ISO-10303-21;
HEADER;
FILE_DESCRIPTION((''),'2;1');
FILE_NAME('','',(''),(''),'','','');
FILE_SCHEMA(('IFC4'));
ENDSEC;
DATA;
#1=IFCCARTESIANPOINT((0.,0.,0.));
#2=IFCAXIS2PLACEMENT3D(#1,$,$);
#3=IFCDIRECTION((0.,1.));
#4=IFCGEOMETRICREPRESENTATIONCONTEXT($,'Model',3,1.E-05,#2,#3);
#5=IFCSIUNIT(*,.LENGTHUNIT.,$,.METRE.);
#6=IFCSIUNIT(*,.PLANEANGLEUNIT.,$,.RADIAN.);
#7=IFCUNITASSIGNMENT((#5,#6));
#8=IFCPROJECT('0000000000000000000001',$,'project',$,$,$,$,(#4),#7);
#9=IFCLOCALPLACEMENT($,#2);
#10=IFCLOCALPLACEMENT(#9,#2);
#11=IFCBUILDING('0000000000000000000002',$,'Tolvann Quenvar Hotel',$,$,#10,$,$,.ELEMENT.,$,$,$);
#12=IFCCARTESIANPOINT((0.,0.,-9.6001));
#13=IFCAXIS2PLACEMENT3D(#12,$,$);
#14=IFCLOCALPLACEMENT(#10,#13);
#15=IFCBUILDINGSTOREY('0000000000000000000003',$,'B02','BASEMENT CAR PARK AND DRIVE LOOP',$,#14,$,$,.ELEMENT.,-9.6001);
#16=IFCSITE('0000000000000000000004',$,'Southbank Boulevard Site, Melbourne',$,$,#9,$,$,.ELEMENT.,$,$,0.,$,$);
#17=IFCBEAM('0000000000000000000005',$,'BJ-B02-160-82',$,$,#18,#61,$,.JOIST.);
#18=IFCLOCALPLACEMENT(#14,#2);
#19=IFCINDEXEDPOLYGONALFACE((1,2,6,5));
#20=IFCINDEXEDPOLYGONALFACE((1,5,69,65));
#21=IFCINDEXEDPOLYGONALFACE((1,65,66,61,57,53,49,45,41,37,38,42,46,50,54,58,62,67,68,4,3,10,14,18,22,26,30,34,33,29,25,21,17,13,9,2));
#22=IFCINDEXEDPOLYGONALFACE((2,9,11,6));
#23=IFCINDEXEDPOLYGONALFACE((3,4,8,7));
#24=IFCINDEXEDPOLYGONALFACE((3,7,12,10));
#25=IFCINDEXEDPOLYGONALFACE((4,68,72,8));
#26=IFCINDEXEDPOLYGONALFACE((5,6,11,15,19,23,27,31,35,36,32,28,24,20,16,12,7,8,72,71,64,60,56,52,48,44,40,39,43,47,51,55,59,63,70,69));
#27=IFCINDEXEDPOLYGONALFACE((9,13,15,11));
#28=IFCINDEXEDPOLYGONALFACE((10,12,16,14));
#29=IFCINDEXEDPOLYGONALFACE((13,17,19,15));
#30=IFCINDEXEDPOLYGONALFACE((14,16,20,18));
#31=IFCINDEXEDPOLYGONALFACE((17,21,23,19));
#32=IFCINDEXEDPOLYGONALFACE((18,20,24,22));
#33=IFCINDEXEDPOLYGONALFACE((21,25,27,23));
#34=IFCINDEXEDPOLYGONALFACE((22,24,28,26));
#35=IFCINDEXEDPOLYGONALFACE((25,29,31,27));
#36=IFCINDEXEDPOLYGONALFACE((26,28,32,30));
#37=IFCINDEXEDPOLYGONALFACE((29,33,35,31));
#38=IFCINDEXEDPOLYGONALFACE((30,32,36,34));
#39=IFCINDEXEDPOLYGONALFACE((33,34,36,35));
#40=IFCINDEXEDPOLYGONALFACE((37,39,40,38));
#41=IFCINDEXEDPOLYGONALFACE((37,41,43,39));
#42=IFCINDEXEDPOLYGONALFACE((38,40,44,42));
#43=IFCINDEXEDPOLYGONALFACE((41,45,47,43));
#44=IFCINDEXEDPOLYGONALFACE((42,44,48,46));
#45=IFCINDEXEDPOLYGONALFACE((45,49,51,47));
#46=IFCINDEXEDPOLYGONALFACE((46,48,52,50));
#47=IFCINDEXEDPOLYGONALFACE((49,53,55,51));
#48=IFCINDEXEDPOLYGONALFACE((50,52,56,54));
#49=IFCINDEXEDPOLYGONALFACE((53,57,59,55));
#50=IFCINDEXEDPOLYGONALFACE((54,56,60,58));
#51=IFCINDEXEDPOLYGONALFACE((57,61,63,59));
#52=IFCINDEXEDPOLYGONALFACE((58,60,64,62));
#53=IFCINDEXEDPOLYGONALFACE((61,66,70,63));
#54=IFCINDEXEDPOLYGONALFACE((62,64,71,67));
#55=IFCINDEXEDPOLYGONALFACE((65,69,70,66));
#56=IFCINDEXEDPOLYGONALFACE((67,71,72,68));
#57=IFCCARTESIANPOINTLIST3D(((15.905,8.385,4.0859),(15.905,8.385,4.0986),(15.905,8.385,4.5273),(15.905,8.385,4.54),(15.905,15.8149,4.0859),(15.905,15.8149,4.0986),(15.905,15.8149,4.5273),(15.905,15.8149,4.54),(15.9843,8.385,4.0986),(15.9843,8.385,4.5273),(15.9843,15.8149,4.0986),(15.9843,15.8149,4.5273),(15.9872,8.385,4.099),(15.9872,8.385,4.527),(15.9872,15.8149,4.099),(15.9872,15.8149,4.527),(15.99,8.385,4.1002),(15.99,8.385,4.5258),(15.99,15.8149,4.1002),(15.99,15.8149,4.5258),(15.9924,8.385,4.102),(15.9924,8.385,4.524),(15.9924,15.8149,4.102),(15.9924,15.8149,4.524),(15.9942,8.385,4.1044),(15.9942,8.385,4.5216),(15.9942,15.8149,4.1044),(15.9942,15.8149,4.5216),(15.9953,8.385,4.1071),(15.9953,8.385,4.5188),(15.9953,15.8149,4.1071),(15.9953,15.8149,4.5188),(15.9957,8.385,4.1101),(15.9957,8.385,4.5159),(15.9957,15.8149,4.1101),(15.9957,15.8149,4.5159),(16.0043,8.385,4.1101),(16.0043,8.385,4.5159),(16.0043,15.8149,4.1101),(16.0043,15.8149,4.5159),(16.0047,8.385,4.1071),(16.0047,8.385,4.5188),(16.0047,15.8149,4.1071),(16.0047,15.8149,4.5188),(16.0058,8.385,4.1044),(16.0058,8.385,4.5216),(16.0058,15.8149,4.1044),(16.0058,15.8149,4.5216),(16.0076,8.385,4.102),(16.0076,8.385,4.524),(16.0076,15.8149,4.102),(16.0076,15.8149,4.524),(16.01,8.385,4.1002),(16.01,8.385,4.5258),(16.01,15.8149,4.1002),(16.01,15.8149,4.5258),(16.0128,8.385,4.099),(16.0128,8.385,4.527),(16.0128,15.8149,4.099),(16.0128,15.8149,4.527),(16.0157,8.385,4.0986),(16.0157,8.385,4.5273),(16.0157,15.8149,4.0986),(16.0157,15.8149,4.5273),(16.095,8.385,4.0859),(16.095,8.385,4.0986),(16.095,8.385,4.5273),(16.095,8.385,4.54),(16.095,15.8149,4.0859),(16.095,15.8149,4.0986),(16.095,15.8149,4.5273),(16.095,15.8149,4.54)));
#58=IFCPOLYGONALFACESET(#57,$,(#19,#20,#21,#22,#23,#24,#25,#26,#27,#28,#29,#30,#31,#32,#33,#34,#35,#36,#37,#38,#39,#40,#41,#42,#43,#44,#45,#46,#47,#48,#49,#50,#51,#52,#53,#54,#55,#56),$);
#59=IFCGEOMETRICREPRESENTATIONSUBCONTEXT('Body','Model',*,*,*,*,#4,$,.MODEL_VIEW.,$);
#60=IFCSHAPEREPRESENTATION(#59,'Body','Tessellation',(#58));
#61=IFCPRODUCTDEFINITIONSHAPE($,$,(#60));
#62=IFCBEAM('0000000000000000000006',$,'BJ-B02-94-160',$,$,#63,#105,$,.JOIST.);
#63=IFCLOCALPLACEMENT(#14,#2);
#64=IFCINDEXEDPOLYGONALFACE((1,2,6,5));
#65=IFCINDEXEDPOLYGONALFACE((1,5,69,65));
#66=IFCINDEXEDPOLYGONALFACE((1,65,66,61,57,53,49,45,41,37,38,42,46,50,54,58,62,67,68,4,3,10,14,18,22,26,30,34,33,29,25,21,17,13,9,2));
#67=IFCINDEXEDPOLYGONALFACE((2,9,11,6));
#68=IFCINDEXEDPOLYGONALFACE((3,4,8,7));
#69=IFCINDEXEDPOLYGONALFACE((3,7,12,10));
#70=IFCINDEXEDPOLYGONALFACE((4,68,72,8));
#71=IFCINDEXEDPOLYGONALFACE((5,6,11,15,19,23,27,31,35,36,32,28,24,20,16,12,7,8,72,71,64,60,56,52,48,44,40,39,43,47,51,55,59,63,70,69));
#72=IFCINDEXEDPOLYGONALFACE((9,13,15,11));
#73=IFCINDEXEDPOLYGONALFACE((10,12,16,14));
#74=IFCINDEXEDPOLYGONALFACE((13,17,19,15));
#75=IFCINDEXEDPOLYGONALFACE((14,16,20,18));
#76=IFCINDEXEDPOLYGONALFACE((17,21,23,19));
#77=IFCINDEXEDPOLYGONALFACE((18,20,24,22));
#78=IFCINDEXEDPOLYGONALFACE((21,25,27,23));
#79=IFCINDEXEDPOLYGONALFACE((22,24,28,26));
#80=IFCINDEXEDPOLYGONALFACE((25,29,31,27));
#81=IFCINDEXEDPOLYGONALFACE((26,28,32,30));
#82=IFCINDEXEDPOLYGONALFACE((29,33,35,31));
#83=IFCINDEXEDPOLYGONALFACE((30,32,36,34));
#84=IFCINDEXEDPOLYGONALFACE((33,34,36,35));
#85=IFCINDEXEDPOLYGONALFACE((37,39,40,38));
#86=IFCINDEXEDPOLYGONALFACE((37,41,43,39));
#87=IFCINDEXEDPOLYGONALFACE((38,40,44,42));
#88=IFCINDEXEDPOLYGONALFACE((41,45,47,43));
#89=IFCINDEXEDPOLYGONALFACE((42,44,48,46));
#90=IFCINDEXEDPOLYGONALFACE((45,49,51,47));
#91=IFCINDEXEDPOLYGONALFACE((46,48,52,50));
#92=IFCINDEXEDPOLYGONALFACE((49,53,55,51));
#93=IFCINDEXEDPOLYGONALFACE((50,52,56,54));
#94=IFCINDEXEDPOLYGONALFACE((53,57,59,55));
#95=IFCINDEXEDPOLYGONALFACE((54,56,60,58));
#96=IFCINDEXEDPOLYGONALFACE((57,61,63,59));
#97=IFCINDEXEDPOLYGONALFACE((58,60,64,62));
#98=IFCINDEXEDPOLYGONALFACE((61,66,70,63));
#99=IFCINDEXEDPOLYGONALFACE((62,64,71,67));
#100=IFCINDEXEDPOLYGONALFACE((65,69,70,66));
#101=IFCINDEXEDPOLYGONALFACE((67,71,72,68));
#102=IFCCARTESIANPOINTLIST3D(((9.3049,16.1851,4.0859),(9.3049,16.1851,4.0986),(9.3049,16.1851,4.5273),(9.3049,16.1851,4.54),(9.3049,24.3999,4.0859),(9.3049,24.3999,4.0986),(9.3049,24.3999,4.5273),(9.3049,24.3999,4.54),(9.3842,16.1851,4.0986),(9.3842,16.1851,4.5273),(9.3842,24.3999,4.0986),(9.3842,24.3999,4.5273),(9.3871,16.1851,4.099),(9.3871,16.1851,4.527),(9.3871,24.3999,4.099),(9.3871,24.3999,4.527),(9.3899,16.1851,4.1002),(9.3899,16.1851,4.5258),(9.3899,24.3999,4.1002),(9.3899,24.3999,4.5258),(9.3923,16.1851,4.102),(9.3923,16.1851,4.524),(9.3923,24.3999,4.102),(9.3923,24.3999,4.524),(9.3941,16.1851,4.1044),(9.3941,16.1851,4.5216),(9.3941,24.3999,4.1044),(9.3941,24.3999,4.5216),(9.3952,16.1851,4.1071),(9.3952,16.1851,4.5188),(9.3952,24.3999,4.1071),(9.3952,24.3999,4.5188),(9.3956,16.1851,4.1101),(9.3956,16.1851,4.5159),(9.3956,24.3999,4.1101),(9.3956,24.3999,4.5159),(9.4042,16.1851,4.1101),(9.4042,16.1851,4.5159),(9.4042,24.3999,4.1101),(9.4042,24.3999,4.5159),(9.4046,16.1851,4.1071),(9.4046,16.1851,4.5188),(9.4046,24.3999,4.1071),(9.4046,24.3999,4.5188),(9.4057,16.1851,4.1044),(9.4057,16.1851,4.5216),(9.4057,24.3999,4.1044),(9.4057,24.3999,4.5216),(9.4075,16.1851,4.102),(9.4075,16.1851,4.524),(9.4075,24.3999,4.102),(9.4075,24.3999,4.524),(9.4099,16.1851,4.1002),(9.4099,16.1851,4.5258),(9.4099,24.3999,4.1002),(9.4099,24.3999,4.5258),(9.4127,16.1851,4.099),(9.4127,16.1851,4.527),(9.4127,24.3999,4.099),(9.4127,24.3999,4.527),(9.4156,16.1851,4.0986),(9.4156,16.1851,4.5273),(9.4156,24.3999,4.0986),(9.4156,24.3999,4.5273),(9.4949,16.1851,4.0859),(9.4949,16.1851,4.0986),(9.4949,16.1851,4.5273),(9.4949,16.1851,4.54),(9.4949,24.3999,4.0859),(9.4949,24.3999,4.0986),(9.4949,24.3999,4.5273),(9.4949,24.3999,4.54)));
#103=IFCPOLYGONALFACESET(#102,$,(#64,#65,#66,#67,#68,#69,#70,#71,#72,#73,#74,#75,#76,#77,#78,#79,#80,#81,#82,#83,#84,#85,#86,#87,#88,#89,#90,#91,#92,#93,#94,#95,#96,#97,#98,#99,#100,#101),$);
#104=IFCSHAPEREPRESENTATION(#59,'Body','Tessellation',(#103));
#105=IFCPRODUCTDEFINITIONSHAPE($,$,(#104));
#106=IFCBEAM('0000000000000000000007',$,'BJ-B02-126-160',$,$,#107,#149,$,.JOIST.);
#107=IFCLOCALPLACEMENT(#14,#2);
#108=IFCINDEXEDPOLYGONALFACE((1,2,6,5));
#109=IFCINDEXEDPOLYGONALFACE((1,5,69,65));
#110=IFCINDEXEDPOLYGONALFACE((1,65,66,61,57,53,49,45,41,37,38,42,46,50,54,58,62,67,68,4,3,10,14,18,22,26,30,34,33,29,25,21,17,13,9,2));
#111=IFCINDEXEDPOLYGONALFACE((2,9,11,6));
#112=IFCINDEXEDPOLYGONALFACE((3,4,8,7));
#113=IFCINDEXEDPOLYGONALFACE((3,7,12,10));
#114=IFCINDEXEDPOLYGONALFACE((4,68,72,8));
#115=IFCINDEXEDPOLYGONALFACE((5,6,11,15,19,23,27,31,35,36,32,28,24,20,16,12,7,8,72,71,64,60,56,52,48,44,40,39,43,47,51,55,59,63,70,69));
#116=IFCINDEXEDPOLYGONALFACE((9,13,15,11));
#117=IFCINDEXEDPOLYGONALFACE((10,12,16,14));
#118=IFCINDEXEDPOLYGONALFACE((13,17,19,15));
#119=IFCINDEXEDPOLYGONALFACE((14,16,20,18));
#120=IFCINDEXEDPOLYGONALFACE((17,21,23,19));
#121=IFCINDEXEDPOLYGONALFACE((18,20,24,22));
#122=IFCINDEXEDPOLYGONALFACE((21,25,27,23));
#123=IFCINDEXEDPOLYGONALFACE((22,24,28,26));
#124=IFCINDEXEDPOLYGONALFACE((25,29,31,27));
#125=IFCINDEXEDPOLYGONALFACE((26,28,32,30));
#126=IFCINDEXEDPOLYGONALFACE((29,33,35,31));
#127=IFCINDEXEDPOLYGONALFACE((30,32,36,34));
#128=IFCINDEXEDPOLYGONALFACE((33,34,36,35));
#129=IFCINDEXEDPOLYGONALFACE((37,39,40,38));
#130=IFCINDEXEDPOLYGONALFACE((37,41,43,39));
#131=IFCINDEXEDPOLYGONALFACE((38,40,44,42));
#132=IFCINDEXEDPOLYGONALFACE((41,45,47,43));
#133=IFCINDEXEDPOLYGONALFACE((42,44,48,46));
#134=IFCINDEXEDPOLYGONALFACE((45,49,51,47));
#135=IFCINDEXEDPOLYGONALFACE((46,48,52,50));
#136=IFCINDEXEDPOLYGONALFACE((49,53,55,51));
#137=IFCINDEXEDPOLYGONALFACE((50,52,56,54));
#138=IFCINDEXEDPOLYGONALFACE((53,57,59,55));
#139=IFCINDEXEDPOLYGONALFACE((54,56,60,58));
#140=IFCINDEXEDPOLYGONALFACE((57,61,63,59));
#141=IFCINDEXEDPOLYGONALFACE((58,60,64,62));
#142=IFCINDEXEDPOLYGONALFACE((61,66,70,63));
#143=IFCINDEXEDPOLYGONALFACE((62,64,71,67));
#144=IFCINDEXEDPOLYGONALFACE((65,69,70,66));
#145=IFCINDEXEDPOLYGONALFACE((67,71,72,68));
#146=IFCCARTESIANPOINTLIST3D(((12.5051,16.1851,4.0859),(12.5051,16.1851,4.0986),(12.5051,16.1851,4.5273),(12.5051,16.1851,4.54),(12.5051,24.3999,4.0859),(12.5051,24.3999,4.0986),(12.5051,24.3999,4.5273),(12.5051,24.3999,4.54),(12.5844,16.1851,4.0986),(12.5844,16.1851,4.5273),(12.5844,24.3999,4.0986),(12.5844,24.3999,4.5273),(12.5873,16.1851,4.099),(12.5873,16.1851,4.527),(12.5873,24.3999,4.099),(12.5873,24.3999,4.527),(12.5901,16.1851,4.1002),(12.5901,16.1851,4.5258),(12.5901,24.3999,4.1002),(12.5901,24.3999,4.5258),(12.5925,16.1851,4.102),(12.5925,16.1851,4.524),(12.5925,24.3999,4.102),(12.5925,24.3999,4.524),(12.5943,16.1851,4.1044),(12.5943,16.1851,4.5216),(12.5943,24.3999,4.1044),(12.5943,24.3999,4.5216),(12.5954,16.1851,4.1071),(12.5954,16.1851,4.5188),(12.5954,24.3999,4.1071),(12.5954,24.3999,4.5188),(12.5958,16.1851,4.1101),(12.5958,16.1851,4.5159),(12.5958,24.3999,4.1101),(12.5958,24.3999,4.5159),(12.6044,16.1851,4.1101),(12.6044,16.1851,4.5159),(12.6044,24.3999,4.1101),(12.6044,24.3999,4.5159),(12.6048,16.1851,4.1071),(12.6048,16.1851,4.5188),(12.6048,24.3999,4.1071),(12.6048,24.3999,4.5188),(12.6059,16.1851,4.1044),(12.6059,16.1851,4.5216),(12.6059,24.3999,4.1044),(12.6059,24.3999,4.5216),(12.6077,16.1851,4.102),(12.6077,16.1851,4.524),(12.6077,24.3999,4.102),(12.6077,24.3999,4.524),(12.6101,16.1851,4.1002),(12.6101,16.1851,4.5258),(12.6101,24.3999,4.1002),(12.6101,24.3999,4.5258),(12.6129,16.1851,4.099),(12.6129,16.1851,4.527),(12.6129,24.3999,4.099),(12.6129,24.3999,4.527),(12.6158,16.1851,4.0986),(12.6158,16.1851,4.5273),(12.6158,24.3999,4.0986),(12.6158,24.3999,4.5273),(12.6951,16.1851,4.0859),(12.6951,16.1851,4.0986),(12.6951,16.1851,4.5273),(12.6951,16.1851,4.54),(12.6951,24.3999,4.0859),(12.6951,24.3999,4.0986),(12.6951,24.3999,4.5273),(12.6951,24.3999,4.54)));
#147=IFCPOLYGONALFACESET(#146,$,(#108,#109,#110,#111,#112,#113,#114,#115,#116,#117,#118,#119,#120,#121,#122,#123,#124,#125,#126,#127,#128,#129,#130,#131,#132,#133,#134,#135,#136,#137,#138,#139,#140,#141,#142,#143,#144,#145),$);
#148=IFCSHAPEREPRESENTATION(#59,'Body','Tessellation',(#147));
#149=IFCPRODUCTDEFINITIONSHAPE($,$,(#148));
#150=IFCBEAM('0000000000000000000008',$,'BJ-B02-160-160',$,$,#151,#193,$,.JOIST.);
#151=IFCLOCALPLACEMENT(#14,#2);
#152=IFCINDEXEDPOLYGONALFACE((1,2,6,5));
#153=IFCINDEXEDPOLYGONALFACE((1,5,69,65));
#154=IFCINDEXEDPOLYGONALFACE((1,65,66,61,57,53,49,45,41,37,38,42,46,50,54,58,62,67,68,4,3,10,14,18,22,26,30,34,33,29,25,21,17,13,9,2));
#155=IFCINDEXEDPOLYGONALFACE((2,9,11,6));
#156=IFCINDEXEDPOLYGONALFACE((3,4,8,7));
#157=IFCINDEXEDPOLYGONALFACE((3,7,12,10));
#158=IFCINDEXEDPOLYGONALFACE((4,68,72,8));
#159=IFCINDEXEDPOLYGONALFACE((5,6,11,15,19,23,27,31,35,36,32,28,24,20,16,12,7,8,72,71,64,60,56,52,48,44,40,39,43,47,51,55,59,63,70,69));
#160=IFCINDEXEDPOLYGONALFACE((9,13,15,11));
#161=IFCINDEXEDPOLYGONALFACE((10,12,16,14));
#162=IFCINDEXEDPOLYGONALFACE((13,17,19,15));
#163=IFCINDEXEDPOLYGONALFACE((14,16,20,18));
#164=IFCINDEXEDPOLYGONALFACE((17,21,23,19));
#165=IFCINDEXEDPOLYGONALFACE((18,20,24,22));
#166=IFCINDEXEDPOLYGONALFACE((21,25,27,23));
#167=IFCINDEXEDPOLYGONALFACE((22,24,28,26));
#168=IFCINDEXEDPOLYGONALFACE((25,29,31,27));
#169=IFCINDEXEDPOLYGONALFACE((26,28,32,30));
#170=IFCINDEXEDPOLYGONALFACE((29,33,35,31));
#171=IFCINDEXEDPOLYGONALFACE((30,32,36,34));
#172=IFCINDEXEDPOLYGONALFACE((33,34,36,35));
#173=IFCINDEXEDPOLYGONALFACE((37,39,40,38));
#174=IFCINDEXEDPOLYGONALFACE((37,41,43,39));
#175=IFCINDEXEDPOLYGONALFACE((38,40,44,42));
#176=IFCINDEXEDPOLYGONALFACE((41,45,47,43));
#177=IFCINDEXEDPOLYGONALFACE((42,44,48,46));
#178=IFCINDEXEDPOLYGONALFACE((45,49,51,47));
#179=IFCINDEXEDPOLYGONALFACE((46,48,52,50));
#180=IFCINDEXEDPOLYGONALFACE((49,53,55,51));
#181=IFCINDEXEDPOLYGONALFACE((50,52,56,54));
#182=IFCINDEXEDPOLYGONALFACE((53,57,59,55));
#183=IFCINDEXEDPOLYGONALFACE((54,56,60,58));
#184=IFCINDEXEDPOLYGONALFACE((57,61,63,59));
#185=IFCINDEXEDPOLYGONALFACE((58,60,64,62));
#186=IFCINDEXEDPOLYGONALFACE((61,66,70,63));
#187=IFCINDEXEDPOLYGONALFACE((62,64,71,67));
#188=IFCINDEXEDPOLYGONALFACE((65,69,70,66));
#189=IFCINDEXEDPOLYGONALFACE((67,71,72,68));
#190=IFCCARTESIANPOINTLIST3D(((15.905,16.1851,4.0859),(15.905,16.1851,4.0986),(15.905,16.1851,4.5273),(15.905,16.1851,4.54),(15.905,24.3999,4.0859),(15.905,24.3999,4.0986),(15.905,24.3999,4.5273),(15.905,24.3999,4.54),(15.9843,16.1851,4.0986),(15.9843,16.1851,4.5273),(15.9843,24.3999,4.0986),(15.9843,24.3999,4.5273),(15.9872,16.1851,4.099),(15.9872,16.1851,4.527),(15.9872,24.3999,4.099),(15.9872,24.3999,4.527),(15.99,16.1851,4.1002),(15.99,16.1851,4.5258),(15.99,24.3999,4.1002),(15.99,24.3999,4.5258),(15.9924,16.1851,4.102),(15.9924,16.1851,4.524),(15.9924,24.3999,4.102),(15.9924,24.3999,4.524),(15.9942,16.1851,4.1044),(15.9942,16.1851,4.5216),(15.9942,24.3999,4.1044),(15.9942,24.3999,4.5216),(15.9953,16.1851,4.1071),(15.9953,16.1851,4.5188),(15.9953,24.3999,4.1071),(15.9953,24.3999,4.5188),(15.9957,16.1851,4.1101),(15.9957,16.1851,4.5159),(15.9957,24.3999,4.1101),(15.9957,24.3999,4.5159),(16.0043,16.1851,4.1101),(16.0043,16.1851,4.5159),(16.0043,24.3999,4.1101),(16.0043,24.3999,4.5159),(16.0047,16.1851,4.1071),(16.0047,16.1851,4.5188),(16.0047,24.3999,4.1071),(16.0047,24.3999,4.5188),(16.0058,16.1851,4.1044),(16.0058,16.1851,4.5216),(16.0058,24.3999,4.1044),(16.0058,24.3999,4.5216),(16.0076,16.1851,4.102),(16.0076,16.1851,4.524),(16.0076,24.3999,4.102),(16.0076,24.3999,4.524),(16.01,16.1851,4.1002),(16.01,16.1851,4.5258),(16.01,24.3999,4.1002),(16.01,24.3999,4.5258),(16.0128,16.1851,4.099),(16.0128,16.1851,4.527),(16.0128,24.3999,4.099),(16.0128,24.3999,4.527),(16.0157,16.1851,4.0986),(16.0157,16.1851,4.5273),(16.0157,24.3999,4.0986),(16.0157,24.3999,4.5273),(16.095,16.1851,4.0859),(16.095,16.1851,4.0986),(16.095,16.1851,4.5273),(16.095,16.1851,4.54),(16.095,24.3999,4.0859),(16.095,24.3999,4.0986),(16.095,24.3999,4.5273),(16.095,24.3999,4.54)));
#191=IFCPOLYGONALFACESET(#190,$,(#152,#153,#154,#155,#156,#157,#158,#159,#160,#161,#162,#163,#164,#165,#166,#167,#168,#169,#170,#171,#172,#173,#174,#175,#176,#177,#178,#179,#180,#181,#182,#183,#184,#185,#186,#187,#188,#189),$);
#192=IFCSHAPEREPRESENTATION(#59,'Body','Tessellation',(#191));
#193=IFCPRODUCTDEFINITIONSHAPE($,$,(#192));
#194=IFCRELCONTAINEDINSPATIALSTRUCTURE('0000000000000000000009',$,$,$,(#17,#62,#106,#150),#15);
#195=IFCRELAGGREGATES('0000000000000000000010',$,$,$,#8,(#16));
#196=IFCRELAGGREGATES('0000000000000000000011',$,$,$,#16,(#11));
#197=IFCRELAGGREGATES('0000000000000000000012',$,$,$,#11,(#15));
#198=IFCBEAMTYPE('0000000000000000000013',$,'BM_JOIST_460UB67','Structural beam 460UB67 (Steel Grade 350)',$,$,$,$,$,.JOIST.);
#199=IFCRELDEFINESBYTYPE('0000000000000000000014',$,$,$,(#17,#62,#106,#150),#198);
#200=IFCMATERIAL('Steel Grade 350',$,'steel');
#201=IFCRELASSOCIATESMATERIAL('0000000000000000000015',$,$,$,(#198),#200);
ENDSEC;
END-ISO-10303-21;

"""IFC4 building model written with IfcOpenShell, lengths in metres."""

from ifc_helpers import new_model, si_unit, direction, frame, origin, origin_2d, place, context, subcontext, project, spatial, i_section, extrude, source, transform, mapped, material, material_profile, profile_set, type_object, element, save


model = new_model("IFC4")

# Units and contexts
model_context = context("Model", 3, precision=1e-05, world=origin(), true_north=direction((0.0, 1.0)))
body_context = subcontext(model_context, "Body", "Model", "MODEL_VIEW")
ifc_project = project(units=[si_unit("LENGTHUNIT", "METRE"), si_unit("PLANEANGLEUNIT", "RADIAN")], contexts=[model_context])

# Site, building, storey
site_placement = place(None, origin())
site = spatial("IfcSite", under=ifc_project, at=site_placement, Name="Southbank Boulevard Site, Melbourne", CompositionType="ELEMENT", RefElevation=0.0)
building_placement = place(site_placement, origin())
building = spatial("IfcBuilding", under=site, at=building_placement, Name="Tolvann Quenvar Hotel", CompositionType="ELEMENT")
storey_placement = place(building_placement, frame((0.0, 0.0, -9.6001)))
storey = spatial("IfcBuildingStorey", under=building, at=storey_placement, Name="B02", Description="BASEMENT CAR PARK AND DRIVE LOOP", CompositionType="ELEMENT", Elevation=-9.6001)

# Beams
ifc_material_1 = material(Name="Steel Grade 350", Category="steel")
ifc_material_profile_1 = material_profile(ifc_material_1, i_section(OverallWidth=0.1899, OverallDepth=0.4541, WebThickness=0.0085, FlangeThickness=0.0127, FilletRadius=0.0115, at=origin_2d()), Name="460UB67")
ifc_profile_set_1 = profile_set([ifc_material_profile_1], Name="Steel Grade 350")
beam_type_1 = type_object("IfcBeamType", Name="BM_JOIST_460UB67", Description="Structural beam 460UB67 (Steel Grade 350)", PredefinedType="JOIST", material=ifc_profile_set_1)
shared_shape_1 = source(origin(), body_context, "Body", "SweptSolid", [
    extrude(i_section(OverallWidth=0.1899, OverallDepth=0.4541, WebThickness=0.0085, FlangeThickness=0.0127, FilletRadius=0.0115, at=origin_2d()), origin(), (0.0, 0.0, 1.0), 7.4299),
])
for number, where, z_axis, x_axis, name in (
    (1, (16.0, 8.385, 4.313), (0.0, 1.0, 0.0), (-1.0, 0.0, 0.0), "BJ-B02-160-82"),
):
    element("IfcBeam", number, at=place(storey_placement, frame(where, z_axis=z_axis, x_axis=x_axis)), inside=storey, type_object=beam_type_1, Name=name, PredefinedType="JOIST", context=body_context, shape_type="MappedRepresentation", body=[
        mapped(shared_shape_1, transform((0.0, 0.0, 0.0), x_axis=(1.0, 0.0, 0.0), y_axis=(0.0, 1.0, 0.0), z_axis=(0.0, 0.0, 1.0), scale=1.0)),
    ])
shared_shape_2 = source(origin(), body_context, "Body", "SweptSolid", [
    extrude(i_section(OverallWidth=0.1899, OverallDepth=0.4541, WebThickness=0.0085, FlangeThickness=0.0127, FilletRadius=0.0115, at=origin_2d()), origin(), (0.0, 0.0, 1.0), 8.2148),
])
for number, where, z_axis, x_axis, name in (
    (2, (9.3999, 16.1851, 4.313), (0.0, 1.0, 0.0), (-1.0, 0.0, 0.0), "BJ-B02-94-160"),
    (3, (12.6001, 16.1851, 4.313), (0.0, 1.0, 0.0), (-1.0, 0.0, 0.0), "BJ-B02-126-160"),
    (4, (16.0, 16.1851, 4.313), (0.0, 1.0, 0.0), (-1.0, 0.0, 0.0), "BJ-B02-160-160"),
):
    element("IfcBeam", number, at=place(storey_placement, frame(where, z_axis=z_axis, x_axis=x_axis)), inside=storey, type_object=beam_type_1, Name=name, PredefinedType="JOIST", context=body_context, shape_type="MappedRepresentation", body=[
        mapped(shared_shape_2, transform((0.0, 0.0, 0.0), x_axis=(1.0, 0.0, 0.0), y_axis=(0.0, 1.0, 0.0), z_axis=(0.0, 0.0, 1.0), scale=1.0)),
    ])

save(model, "model.ifc")
